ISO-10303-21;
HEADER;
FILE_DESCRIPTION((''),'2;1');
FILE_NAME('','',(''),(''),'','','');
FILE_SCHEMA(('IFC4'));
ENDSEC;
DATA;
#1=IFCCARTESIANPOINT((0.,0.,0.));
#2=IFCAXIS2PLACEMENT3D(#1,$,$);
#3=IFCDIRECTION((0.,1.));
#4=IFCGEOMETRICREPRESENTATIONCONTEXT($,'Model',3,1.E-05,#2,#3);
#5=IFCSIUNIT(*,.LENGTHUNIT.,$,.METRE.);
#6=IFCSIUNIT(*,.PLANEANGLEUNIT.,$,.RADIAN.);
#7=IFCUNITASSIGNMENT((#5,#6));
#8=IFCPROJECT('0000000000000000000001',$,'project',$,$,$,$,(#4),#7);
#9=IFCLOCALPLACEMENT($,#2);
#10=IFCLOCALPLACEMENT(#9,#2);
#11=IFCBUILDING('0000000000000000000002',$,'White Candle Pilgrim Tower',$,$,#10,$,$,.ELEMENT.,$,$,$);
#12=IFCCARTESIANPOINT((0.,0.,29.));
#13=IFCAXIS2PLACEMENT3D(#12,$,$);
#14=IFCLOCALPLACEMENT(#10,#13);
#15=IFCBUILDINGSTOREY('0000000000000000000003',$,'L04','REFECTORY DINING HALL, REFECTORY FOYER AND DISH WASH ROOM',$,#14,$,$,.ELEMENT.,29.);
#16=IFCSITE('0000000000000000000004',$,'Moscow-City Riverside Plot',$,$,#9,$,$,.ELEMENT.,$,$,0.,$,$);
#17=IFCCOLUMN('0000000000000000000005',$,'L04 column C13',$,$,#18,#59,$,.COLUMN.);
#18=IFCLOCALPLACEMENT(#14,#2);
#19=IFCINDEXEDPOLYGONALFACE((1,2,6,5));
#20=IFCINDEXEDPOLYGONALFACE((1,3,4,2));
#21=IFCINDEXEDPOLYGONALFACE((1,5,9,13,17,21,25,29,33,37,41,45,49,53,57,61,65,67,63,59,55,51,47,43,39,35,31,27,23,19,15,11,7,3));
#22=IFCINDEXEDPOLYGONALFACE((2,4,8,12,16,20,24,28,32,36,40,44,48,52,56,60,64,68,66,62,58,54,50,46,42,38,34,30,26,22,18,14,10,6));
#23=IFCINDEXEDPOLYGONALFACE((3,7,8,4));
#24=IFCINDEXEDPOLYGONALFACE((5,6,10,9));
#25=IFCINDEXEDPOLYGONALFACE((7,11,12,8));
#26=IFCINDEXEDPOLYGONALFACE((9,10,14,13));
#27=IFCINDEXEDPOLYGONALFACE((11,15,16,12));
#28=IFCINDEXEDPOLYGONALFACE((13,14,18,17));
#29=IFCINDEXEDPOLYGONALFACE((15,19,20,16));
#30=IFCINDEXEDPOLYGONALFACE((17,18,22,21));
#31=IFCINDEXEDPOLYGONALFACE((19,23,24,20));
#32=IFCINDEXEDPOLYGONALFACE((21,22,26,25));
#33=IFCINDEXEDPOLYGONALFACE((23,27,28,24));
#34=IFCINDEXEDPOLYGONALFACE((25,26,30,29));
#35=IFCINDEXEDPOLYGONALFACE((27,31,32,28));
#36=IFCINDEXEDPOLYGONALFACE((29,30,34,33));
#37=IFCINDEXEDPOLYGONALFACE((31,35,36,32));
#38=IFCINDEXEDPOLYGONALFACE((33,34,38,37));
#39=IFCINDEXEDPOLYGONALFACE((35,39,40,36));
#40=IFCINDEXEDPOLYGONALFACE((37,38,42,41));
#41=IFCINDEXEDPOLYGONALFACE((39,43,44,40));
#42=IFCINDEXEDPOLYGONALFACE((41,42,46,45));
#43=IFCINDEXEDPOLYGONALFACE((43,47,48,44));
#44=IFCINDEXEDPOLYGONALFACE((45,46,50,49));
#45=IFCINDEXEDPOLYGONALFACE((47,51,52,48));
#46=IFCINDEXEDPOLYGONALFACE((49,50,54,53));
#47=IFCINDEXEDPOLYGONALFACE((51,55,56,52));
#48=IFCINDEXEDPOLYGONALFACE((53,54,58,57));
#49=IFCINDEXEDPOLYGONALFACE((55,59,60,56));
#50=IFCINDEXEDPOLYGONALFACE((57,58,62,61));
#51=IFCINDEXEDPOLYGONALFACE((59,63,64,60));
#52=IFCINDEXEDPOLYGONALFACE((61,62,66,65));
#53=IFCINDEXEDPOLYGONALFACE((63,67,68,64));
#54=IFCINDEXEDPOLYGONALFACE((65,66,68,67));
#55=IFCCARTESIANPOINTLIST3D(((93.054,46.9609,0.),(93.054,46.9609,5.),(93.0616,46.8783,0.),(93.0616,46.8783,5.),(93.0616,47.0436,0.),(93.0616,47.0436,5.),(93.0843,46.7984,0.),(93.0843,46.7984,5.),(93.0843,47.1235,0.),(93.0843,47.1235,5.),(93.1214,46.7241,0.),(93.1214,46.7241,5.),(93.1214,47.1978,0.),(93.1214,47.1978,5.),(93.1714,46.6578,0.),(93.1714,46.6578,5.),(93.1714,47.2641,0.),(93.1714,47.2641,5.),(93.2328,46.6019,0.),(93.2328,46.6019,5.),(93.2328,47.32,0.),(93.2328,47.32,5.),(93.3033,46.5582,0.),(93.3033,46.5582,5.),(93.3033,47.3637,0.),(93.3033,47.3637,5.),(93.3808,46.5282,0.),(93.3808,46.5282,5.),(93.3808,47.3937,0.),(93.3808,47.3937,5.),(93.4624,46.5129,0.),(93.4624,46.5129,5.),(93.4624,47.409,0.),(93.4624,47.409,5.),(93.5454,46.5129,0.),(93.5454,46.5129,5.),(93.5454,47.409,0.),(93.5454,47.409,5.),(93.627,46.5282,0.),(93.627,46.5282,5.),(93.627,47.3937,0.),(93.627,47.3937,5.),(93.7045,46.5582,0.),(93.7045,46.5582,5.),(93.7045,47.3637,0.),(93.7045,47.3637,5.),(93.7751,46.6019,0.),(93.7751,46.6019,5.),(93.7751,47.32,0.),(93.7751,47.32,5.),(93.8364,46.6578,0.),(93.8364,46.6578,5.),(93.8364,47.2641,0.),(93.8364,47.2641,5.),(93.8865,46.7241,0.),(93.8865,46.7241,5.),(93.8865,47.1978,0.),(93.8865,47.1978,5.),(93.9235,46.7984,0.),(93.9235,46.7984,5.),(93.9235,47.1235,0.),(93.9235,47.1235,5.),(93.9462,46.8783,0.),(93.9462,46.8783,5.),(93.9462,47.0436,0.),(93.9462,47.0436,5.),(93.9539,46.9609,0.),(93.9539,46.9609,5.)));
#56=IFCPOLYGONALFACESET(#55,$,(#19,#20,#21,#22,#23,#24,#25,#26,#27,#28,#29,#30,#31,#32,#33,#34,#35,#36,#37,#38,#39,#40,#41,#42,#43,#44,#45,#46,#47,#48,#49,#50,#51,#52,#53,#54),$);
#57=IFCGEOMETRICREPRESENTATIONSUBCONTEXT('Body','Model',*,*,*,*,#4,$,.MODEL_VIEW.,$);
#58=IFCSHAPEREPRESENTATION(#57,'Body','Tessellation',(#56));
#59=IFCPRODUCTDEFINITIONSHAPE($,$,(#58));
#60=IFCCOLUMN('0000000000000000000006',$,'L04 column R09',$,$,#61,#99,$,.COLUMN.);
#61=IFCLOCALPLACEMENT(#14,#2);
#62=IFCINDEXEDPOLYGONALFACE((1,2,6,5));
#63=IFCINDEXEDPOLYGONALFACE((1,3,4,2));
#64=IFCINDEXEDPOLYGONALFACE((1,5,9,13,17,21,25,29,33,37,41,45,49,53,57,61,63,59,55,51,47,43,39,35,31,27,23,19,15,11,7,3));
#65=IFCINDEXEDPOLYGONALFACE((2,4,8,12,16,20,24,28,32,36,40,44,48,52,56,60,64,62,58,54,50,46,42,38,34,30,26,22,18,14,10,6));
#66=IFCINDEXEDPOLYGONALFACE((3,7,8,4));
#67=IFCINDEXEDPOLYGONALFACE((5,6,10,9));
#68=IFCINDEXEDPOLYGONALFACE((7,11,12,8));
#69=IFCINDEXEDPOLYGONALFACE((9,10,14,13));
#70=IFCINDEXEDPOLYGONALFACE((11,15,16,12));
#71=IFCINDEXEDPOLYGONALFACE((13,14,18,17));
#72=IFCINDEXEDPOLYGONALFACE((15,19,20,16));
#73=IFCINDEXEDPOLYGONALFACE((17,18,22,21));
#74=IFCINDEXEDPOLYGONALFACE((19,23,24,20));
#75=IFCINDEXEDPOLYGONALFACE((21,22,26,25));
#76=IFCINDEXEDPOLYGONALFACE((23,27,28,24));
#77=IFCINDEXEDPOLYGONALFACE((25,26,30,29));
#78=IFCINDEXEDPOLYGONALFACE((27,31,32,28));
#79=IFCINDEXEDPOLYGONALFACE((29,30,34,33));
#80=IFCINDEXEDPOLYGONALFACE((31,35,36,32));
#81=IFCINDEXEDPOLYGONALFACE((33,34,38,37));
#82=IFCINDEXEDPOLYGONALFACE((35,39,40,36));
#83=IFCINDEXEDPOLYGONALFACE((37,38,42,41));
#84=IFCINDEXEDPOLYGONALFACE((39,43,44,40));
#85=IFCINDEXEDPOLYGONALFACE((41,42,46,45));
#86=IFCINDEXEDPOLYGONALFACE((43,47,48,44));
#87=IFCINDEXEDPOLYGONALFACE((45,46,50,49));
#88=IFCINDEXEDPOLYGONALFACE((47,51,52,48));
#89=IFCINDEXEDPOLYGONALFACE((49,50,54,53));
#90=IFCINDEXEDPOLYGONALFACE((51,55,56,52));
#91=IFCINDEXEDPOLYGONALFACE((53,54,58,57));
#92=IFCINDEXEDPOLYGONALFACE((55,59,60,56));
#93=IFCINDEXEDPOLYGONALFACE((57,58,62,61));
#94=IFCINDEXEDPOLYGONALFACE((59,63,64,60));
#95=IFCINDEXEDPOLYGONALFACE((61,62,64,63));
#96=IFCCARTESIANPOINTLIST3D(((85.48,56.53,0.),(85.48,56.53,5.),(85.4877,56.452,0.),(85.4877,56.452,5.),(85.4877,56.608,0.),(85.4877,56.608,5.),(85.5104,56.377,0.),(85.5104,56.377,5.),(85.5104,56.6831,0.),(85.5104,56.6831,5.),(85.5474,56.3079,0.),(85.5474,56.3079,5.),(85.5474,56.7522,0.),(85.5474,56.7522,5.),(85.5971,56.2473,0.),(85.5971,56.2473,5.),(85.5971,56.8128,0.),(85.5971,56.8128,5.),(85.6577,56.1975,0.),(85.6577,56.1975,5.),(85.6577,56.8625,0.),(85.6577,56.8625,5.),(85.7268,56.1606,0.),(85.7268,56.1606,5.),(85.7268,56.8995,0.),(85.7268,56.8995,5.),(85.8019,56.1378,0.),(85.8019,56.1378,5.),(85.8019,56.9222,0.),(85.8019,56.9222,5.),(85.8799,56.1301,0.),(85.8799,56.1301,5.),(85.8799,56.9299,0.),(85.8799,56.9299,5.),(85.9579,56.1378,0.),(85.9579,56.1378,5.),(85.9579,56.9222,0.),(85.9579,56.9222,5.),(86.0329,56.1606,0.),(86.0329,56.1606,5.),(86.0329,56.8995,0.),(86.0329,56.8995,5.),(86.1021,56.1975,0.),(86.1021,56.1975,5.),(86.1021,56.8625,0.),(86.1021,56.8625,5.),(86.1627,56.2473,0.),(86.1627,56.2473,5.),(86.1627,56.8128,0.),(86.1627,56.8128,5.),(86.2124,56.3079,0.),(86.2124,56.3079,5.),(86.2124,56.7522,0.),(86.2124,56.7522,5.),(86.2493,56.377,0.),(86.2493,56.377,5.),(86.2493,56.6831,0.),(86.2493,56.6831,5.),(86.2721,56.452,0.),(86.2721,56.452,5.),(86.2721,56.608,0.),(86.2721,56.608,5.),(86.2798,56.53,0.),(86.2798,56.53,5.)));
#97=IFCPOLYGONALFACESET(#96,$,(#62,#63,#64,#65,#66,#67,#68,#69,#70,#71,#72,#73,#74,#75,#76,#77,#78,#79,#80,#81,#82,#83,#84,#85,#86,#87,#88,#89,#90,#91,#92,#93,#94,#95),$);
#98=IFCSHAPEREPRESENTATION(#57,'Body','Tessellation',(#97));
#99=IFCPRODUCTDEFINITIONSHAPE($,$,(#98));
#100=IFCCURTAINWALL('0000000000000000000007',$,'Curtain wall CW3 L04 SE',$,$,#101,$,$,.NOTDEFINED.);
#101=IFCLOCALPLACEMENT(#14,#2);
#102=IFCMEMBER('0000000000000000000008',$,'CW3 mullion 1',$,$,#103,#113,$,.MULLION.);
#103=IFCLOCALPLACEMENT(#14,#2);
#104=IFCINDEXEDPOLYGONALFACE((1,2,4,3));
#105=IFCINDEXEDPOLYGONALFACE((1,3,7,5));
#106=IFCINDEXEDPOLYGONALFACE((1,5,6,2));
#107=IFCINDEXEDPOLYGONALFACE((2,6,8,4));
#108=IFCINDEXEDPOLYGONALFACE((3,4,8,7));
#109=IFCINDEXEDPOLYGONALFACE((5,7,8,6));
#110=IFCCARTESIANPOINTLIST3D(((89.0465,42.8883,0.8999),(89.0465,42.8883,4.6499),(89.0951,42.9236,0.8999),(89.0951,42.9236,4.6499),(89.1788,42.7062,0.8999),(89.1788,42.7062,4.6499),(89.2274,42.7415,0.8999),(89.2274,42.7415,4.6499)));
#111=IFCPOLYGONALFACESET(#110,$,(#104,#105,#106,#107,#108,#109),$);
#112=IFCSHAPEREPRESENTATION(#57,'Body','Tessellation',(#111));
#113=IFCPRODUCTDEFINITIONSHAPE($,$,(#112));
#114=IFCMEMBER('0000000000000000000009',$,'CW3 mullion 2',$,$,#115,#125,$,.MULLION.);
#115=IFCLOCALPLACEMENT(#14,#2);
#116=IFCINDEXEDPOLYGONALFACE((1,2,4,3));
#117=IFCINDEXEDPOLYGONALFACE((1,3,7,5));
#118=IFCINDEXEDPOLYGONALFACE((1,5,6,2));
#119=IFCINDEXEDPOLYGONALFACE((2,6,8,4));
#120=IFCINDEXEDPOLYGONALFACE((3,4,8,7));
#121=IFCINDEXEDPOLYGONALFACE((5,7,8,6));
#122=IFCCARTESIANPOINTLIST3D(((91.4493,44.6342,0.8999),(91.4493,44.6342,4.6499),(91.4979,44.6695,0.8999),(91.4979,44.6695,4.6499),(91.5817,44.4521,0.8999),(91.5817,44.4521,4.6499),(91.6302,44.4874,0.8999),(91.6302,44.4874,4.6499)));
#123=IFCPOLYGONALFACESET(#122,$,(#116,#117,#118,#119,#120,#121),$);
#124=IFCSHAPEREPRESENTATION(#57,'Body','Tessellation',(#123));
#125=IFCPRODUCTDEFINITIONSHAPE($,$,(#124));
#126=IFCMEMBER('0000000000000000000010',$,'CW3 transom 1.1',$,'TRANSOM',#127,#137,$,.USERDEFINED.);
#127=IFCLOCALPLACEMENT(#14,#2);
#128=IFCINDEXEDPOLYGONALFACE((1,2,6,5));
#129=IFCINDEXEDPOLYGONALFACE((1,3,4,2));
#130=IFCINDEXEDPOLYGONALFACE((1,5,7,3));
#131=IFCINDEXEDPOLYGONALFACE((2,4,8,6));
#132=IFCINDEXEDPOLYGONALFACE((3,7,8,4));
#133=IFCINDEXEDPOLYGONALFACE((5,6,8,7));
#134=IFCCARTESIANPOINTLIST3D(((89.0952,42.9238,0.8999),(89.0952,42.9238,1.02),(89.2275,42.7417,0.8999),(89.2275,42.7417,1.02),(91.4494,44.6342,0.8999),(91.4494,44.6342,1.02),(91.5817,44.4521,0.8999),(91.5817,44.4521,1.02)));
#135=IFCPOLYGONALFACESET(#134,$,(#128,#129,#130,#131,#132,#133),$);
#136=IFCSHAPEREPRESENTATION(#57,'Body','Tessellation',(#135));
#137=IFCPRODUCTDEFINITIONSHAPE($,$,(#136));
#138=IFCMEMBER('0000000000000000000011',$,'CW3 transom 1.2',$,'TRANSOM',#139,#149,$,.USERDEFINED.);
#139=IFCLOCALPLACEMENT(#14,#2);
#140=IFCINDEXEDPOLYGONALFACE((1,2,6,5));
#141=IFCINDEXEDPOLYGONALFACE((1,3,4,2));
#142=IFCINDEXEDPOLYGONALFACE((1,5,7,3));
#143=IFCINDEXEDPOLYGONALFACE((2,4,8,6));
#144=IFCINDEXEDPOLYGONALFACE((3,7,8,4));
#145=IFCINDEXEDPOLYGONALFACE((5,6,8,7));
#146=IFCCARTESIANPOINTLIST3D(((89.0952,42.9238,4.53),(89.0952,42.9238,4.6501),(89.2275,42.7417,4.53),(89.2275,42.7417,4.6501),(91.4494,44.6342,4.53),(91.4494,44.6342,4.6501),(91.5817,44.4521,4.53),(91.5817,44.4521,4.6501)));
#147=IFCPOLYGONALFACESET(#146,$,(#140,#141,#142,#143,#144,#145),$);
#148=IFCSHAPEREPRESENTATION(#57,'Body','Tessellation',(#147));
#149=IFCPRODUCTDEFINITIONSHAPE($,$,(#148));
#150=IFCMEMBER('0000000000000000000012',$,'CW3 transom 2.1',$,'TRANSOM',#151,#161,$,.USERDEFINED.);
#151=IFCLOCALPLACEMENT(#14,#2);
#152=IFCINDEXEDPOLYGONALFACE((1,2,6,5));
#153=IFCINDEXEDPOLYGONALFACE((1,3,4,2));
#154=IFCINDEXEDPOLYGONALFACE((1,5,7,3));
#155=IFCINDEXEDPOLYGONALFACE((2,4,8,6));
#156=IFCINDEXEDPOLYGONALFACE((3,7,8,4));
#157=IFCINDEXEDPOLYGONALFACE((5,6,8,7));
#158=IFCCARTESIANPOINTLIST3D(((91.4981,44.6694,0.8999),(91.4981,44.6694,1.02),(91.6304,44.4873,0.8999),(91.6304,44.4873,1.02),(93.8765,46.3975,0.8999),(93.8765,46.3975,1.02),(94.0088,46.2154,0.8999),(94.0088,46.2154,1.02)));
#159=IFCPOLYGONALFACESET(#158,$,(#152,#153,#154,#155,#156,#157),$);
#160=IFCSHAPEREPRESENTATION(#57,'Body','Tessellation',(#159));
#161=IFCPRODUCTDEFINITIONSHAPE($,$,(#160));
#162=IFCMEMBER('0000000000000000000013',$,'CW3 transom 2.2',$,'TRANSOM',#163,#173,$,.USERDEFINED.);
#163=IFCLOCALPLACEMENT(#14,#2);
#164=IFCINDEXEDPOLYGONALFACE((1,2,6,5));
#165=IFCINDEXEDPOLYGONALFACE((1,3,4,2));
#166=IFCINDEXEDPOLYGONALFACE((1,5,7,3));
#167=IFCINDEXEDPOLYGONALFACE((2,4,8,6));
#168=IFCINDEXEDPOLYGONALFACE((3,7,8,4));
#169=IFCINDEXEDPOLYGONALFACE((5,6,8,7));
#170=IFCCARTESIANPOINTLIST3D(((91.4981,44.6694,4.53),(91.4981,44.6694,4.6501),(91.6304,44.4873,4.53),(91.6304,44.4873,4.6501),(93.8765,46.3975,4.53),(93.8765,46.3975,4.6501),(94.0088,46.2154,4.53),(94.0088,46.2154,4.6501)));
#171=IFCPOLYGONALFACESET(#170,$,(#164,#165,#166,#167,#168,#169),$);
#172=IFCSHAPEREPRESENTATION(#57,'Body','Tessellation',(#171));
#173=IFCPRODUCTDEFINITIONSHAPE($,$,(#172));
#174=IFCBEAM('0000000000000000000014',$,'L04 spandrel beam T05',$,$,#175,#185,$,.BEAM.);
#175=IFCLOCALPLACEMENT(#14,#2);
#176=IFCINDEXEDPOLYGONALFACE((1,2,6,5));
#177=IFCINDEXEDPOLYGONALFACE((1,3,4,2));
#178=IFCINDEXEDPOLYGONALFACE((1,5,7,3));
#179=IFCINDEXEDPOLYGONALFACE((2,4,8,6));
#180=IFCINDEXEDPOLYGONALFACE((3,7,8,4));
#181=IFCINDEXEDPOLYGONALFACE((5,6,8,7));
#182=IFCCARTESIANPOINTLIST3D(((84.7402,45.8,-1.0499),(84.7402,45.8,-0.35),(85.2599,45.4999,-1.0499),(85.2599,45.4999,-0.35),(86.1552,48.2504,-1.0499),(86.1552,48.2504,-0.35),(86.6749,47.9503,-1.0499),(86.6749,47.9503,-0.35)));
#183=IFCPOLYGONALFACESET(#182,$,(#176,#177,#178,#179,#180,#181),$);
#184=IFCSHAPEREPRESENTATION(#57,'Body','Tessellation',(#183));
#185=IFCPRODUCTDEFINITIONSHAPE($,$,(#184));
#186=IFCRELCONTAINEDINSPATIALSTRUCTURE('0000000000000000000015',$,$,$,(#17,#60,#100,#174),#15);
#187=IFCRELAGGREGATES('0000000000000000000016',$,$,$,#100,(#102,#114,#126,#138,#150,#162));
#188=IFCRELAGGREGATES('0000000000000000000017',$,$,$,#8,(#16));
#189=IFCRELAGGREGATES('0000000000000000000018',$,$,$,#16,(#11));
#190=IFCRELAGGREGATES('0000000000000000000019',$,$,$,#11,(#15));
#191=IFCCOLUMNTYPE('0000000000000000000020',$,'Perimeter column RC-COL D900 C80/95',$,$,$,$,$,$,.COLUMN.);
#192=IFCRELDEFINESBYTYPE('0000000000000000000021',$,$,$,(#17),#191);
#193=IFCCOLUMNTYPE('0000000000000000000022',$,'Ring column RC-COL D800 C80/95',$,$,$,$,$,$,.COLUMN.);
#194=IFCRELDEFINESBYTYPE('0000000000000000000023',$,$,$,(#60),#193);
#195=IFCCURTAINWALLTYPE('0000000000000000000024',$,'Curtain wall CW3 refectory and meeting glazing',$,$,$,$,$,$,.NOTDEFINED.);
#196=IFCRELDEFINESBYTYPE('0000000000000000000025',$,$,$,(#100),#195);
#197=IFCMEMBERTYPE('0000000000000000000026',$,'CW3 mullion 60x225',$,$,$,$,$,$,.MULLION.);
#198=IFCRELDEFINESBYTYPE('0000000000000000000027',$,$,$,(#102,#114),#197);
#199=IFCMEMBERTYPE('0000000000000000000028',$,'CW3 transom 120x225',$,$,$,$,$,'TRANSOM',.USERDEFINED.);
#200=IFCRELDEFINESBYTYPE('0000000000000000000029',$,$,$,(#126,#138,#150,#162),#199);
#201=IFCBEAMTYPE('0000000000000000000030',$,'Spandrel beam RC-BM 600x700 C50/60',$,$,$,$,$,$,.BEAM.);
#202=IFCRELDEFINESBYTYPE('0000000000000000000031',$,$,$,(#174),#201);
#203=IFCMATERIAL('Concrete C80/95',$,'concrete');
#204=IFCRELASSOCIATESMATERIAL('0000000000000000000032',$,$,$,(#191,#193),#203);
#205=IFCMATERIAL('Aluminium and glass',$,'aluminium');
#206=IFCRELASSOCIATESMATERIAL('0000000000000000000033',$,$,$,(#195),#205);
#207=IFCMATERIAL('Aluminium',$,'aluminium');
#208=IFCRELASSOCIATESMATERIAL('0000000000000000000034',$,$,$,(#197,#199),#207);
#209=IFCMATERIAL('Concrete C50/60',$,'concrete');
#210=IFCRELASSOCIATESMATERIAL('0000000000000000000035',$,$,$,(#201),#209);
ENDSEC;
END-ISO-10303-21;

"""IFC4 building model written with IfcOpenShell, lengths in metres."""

from ifc_helpers import new_model, si_unit, direction, frame, origin, origin_2d, place, context, subcontext, project, spatial, rectangle, circle, extrude, material, material_profile, profile_set, type_object, element, aggregate, save


model = new_model("IFC4")

# Units and contexts
model_context = context("Model", 3, precision=1e-05, world=origin(), true_north=direction((0.0, 1.0)))
body_context = subcontext(model_context, "Body", "Model", "MODEL_VIEW")
ifc_project = project(units=[si_unit("LENGTHUNIT", "METRE"), si_unit("PLANEANGLEUNIT", "RADIAN")], contexts=[model_context])

# Site, building, storey
site_placement = place(None, origin())
site = spatial("IfcSite", under=ifc_project, at=site_placement, Name="Moscow-City Riverside Plot", CompositionType="ELEMENT", RefElevation=0.0)
building_placement = place(site_placement, origin())
building = spatial("IfcBuilding", under=site, at=building_placement, Name="White Candle Pilgrim Tower", CompositionType="ELEMENT")
storey_placement = place(building_placement, frame((0.0, 0.0, 29.0)))
storey = spatial("IfcBuildingStorey", under=building, at=storey_placement, Name="L04", Description="REFECTORY DINING HALL, REFECTORY FOYER AND DISH WASH ROOM", CompositionType="ELEMENT", Elevation=29.0)

# Columns
ifc_material_1 = material(Name="Concrete C80/95", Category="concrete")
ifc_material_profile_1 = material_profile(ifc_material_1, circle(Radius=0.45, at=origin_2d()), Name="RC-COL D900")
ifc_profile_set_1 = profile_set([ifc_material_profile_1], Name="Concrete C80/95")
column_type_1 = type_object("IfcColumnType", Name="Perimeter column RC-COL D900 C80/95", PredefinedType="COLUMN", material=ifc_profile_set_1)
for number, where, z_axis, x_axis, name in (
    (1, (93.5039, 46.9609, 0.0), (0.0, 0.0, 1.0), (1.0, 0.0, 0.0), "L04 column C13"),
):
    element("IfcColumn", number, at=place(storey_placement, frame(where, z_axis=z_axis, x_axis=x_axis)), inside=storey, type_object=column_type_1, Name=name, PredefinedType="COLUMN", context=body_context, shape_type="SweptSolid", body=[
        extrude(circle(Radius=0.45, at=origin_2d()), origin(), (0.0, 0.0, 1.0), 5.0),
    ])
ifc_material_profile_2 = material_profile(ifc_material_1, circle(Radius=0.3999, at=origin_2d()), Name="RC-COL D800")
ifc_profile_set_2 = profile_set([ifc_material_profile_2], Name="Concrete C80/95")
column_type_2 = type_object("IfcColumnType", Name="Ring column RC-COL D800 C80/95", PredefinedType="COLUMN", material=ifc_profile_set_2)
column_1_placement = place(storey_placement, frame((85.8799, 56.53, 0.0), z_axis=(0.0, 0.0, 1.0), x_axis=(1.0, 0.0, 0.0)))
element("IfcColumn", 2, at=column_1_placement, inside=storey, type_object=column_type_2, Name="L04 column R09", PredefinedType="COLUMN", context=body_context, shape_type="SweptSolid", body=[
    extrude(circle(Radius=0.3999, at=origin_2d()), origin(), (0.0, 0.0, 1.0), 5.0),
])

# Curtain wall, members
ifc_material_2 = material(Name="Aluminium and glass", Category="aluminium")
curtain_wall_type = type_object("IfcCurtainWallType", Name="Curtain wall CW3 refectory and meeting glazing", PredefinedType="NOTDEFINED", material=ifc_material_2)
curtain_wall_placement = place(storey_placement, origin())
curtain_wall = element("IfcCurtainWall", 3, at=curtain_wall_placement, inside=storey, type_object=curtain_wall_type, Name="Curtain wall CW3 L04 SE", PredefinedType="NOTDEFINED")
ifc_material_3 = material(Name="Aluminium", Category="aluminium")
ifc_material_profile_3 = material_profile(ifc_material_3, rectangle(XDim=0.2251, YDim=0.0601, at=origin_2d()), Name="CW3 mullion 60x225")
ifc_profile_set_3 = profile_set([ifc_material_profile_3], Name="Aluminium")
member_type_1 = type_object("IfcMemberType", Name="CW3 mullion 60x225", PredefinedType="MULLION", material=ifc_profile_set_3)
member_1_placement = place(storey_placement, frame((89.137, 42.8149, 0.8999), z_axis=(0.0, 0.0, 1.0), x_axis=(-0.587785, 0.809017, 0.0)))
member_1 = element("IfcMember", 4, at=member_1_placement, type_object=member_type_1, Name="CW3 mullion 1", PredefinedType="MULLION", context=body_context, shape_type="SweptSolid", body=[
    extrude(rectangle(XDim=0.2251, YDim=0.0601, at=origin_2d()), origin(), (0.0, 0.0, 1.0), 3.75),
])
member_2_placement = place(storey_placement, frame((91.5398, 44.5608, 0.8999), z_axis=(0.0, 0.0, 1.0), x_axis=(-0.587785, 0.809017, 0.0)))
member_2 = element("IfcMember", 5, at=member_2_placement, type_object=member_type_1, Name="CW3 mullion 2", PredefinedType="MULLION", context=body_context, shape_type="SweptSolid", body=[
    extrude(rectangle(XDim=0.2251, YDim=0.0601, at=origin_2d()), origin(), (0.0, 0.0, 1.0), 3.75),
])
ifc_material_profile_4 = material_profile(ifc_material_3, rectangle(XDim=0.2251, YDim=0.1201, at=origin_2d()), Name="CW3 transom 120x225")
ifc_profile_set_4 = profile_set([ifc_material_profile_4], Name="Aluminium")
member_type_2 = type_object("IfcMemberType", Name="CW3 transom 120x225", ElementType="TRANSOM", PredefinedType="USERDEFINED", material=ifc_profile_set_4)
member_3_placement = place(storey_placement, frame((89.1614, 42.8328, 0.96), z_axis=(0.809019, 0.587783, 0.0), x_axis=(-0.587783, 0.809019, 0.0)))
member_3 = element("IfcMember", 6, at=member_3_placement, type_object=member_type_2, Name="CW3 transom 1.1", ObjectType="TRANSOM", PredefinedType="USERDEFINED", context=body_context, shape_type="SweptSolid", body=[
    extrude(rectangle(XDim=0.2251, YDim=0.1201, at=origin_2d()), origin(), (0.0, 0.0, 1.0), 2.9099),
])
member_4_placement = place(storey_placement, frame((89.1614, 42.8328, 4.5901), z_axis=(0.809019, 0.587783, 0.0), x_axis=(-0.587783, 0.809019, 0.0)))
member_4 = element("IfcMember", 7, at=member_4_placement, type_object=member_type_2, Name="CW3 transom 1.2", ObjectType="TRANSOM", PredefinedType="USERDEFINED", context=body_context, shape_type="SweptSolid", body=[
    extrude(rectangle(XDim=0.2251, YDim=0.1201, at=origin_2d()), origin(), (0.0, 0.0, 1.0), 2.9099),
])
member_5_placement = place(storey_placement, frame((91.5642, 44.5784, 0.96), z_axis=(0.809016, 0.587786, 0.0), x_axis=(-0.587786, 0.809016, 0.0)))
member_5 = element("IfcMember", 8, at=member_5_placement, type_object=member_type_2, Name="CW3 transom 2.1", ObjectType="TRANSOM", PredefinedType="USERDEFINED", context=body_context, shape_type="SweptSolid", body=[
    extrude(rectangle(XDim=0.2251, YDim=0.1201, at=origin_2d()), origin(), (0.0, 0.0, 1.0), 2.9399),
])
member_6_placement = place(storey_placement, frame((91.5642, 44.5784, 4.5901), z_axis=(0.809016, 0.587786, 0.0), x_axis=(-0.587786, 0.809016, 0.0)))
member_6 = element("IfcMember", 9, at=member_6_placement, type_object=member_type_2, Name="CW3 transom 2.2", ObjectType="TRANSOM", PredefinedType="USERDEFINED", context=body_context, shape_type="SweptSolid", body=[
    extrude(rectangle(XDim=0.2251, YDim=0.1201, at=origin_2d()), origin(), (0.0, 0.0, 1.0), 2.9399),
])

# Beam
ifc_material_4 = material(Name="Concrete C50/60", Category="concrete")
ifc_material_profile_5 = material_profile(ifc_material_4, rectangle(XDim=0.6001, YDim=0.7, at=origin_2d()), Name="RC-BM 600x700")
ifc_profile_set_5 = profile_set([ifc_material_profile_5], Name="Concrete C50/60")
beam_type = type_object("IfcBeamType", Name="Spandrel beam RC-BM 600x700 C50/60", PredefinedType="BEAM", material=ifc_profile_set_5)
beam_1_placement = place(storey_placement, frame((86.415, 48.1003, -0.7), z_axis=(-0.500073, -0.865983, 0.0), x_axis=(0.865983, -0.500073, 0.0)))
element("IfcBeam", 10, at=beam_1_placement, inside=storey, type_object=beam_type, Name="L04 spandrel beam T05", PredefinedType="BEAM", context=body_context, shape_type="SweptSolid", body=[
    extrude(rectangle(XDim=0.6001, YDim=0.7, at=origin_2d()), origin(), (0.0, 0.0, 1.0), 2.8296),
])

aggregate(curtain_wall, [member_1, member_2, member_3, member_4, member_5, member_6])

save(model, "model.ifc")
